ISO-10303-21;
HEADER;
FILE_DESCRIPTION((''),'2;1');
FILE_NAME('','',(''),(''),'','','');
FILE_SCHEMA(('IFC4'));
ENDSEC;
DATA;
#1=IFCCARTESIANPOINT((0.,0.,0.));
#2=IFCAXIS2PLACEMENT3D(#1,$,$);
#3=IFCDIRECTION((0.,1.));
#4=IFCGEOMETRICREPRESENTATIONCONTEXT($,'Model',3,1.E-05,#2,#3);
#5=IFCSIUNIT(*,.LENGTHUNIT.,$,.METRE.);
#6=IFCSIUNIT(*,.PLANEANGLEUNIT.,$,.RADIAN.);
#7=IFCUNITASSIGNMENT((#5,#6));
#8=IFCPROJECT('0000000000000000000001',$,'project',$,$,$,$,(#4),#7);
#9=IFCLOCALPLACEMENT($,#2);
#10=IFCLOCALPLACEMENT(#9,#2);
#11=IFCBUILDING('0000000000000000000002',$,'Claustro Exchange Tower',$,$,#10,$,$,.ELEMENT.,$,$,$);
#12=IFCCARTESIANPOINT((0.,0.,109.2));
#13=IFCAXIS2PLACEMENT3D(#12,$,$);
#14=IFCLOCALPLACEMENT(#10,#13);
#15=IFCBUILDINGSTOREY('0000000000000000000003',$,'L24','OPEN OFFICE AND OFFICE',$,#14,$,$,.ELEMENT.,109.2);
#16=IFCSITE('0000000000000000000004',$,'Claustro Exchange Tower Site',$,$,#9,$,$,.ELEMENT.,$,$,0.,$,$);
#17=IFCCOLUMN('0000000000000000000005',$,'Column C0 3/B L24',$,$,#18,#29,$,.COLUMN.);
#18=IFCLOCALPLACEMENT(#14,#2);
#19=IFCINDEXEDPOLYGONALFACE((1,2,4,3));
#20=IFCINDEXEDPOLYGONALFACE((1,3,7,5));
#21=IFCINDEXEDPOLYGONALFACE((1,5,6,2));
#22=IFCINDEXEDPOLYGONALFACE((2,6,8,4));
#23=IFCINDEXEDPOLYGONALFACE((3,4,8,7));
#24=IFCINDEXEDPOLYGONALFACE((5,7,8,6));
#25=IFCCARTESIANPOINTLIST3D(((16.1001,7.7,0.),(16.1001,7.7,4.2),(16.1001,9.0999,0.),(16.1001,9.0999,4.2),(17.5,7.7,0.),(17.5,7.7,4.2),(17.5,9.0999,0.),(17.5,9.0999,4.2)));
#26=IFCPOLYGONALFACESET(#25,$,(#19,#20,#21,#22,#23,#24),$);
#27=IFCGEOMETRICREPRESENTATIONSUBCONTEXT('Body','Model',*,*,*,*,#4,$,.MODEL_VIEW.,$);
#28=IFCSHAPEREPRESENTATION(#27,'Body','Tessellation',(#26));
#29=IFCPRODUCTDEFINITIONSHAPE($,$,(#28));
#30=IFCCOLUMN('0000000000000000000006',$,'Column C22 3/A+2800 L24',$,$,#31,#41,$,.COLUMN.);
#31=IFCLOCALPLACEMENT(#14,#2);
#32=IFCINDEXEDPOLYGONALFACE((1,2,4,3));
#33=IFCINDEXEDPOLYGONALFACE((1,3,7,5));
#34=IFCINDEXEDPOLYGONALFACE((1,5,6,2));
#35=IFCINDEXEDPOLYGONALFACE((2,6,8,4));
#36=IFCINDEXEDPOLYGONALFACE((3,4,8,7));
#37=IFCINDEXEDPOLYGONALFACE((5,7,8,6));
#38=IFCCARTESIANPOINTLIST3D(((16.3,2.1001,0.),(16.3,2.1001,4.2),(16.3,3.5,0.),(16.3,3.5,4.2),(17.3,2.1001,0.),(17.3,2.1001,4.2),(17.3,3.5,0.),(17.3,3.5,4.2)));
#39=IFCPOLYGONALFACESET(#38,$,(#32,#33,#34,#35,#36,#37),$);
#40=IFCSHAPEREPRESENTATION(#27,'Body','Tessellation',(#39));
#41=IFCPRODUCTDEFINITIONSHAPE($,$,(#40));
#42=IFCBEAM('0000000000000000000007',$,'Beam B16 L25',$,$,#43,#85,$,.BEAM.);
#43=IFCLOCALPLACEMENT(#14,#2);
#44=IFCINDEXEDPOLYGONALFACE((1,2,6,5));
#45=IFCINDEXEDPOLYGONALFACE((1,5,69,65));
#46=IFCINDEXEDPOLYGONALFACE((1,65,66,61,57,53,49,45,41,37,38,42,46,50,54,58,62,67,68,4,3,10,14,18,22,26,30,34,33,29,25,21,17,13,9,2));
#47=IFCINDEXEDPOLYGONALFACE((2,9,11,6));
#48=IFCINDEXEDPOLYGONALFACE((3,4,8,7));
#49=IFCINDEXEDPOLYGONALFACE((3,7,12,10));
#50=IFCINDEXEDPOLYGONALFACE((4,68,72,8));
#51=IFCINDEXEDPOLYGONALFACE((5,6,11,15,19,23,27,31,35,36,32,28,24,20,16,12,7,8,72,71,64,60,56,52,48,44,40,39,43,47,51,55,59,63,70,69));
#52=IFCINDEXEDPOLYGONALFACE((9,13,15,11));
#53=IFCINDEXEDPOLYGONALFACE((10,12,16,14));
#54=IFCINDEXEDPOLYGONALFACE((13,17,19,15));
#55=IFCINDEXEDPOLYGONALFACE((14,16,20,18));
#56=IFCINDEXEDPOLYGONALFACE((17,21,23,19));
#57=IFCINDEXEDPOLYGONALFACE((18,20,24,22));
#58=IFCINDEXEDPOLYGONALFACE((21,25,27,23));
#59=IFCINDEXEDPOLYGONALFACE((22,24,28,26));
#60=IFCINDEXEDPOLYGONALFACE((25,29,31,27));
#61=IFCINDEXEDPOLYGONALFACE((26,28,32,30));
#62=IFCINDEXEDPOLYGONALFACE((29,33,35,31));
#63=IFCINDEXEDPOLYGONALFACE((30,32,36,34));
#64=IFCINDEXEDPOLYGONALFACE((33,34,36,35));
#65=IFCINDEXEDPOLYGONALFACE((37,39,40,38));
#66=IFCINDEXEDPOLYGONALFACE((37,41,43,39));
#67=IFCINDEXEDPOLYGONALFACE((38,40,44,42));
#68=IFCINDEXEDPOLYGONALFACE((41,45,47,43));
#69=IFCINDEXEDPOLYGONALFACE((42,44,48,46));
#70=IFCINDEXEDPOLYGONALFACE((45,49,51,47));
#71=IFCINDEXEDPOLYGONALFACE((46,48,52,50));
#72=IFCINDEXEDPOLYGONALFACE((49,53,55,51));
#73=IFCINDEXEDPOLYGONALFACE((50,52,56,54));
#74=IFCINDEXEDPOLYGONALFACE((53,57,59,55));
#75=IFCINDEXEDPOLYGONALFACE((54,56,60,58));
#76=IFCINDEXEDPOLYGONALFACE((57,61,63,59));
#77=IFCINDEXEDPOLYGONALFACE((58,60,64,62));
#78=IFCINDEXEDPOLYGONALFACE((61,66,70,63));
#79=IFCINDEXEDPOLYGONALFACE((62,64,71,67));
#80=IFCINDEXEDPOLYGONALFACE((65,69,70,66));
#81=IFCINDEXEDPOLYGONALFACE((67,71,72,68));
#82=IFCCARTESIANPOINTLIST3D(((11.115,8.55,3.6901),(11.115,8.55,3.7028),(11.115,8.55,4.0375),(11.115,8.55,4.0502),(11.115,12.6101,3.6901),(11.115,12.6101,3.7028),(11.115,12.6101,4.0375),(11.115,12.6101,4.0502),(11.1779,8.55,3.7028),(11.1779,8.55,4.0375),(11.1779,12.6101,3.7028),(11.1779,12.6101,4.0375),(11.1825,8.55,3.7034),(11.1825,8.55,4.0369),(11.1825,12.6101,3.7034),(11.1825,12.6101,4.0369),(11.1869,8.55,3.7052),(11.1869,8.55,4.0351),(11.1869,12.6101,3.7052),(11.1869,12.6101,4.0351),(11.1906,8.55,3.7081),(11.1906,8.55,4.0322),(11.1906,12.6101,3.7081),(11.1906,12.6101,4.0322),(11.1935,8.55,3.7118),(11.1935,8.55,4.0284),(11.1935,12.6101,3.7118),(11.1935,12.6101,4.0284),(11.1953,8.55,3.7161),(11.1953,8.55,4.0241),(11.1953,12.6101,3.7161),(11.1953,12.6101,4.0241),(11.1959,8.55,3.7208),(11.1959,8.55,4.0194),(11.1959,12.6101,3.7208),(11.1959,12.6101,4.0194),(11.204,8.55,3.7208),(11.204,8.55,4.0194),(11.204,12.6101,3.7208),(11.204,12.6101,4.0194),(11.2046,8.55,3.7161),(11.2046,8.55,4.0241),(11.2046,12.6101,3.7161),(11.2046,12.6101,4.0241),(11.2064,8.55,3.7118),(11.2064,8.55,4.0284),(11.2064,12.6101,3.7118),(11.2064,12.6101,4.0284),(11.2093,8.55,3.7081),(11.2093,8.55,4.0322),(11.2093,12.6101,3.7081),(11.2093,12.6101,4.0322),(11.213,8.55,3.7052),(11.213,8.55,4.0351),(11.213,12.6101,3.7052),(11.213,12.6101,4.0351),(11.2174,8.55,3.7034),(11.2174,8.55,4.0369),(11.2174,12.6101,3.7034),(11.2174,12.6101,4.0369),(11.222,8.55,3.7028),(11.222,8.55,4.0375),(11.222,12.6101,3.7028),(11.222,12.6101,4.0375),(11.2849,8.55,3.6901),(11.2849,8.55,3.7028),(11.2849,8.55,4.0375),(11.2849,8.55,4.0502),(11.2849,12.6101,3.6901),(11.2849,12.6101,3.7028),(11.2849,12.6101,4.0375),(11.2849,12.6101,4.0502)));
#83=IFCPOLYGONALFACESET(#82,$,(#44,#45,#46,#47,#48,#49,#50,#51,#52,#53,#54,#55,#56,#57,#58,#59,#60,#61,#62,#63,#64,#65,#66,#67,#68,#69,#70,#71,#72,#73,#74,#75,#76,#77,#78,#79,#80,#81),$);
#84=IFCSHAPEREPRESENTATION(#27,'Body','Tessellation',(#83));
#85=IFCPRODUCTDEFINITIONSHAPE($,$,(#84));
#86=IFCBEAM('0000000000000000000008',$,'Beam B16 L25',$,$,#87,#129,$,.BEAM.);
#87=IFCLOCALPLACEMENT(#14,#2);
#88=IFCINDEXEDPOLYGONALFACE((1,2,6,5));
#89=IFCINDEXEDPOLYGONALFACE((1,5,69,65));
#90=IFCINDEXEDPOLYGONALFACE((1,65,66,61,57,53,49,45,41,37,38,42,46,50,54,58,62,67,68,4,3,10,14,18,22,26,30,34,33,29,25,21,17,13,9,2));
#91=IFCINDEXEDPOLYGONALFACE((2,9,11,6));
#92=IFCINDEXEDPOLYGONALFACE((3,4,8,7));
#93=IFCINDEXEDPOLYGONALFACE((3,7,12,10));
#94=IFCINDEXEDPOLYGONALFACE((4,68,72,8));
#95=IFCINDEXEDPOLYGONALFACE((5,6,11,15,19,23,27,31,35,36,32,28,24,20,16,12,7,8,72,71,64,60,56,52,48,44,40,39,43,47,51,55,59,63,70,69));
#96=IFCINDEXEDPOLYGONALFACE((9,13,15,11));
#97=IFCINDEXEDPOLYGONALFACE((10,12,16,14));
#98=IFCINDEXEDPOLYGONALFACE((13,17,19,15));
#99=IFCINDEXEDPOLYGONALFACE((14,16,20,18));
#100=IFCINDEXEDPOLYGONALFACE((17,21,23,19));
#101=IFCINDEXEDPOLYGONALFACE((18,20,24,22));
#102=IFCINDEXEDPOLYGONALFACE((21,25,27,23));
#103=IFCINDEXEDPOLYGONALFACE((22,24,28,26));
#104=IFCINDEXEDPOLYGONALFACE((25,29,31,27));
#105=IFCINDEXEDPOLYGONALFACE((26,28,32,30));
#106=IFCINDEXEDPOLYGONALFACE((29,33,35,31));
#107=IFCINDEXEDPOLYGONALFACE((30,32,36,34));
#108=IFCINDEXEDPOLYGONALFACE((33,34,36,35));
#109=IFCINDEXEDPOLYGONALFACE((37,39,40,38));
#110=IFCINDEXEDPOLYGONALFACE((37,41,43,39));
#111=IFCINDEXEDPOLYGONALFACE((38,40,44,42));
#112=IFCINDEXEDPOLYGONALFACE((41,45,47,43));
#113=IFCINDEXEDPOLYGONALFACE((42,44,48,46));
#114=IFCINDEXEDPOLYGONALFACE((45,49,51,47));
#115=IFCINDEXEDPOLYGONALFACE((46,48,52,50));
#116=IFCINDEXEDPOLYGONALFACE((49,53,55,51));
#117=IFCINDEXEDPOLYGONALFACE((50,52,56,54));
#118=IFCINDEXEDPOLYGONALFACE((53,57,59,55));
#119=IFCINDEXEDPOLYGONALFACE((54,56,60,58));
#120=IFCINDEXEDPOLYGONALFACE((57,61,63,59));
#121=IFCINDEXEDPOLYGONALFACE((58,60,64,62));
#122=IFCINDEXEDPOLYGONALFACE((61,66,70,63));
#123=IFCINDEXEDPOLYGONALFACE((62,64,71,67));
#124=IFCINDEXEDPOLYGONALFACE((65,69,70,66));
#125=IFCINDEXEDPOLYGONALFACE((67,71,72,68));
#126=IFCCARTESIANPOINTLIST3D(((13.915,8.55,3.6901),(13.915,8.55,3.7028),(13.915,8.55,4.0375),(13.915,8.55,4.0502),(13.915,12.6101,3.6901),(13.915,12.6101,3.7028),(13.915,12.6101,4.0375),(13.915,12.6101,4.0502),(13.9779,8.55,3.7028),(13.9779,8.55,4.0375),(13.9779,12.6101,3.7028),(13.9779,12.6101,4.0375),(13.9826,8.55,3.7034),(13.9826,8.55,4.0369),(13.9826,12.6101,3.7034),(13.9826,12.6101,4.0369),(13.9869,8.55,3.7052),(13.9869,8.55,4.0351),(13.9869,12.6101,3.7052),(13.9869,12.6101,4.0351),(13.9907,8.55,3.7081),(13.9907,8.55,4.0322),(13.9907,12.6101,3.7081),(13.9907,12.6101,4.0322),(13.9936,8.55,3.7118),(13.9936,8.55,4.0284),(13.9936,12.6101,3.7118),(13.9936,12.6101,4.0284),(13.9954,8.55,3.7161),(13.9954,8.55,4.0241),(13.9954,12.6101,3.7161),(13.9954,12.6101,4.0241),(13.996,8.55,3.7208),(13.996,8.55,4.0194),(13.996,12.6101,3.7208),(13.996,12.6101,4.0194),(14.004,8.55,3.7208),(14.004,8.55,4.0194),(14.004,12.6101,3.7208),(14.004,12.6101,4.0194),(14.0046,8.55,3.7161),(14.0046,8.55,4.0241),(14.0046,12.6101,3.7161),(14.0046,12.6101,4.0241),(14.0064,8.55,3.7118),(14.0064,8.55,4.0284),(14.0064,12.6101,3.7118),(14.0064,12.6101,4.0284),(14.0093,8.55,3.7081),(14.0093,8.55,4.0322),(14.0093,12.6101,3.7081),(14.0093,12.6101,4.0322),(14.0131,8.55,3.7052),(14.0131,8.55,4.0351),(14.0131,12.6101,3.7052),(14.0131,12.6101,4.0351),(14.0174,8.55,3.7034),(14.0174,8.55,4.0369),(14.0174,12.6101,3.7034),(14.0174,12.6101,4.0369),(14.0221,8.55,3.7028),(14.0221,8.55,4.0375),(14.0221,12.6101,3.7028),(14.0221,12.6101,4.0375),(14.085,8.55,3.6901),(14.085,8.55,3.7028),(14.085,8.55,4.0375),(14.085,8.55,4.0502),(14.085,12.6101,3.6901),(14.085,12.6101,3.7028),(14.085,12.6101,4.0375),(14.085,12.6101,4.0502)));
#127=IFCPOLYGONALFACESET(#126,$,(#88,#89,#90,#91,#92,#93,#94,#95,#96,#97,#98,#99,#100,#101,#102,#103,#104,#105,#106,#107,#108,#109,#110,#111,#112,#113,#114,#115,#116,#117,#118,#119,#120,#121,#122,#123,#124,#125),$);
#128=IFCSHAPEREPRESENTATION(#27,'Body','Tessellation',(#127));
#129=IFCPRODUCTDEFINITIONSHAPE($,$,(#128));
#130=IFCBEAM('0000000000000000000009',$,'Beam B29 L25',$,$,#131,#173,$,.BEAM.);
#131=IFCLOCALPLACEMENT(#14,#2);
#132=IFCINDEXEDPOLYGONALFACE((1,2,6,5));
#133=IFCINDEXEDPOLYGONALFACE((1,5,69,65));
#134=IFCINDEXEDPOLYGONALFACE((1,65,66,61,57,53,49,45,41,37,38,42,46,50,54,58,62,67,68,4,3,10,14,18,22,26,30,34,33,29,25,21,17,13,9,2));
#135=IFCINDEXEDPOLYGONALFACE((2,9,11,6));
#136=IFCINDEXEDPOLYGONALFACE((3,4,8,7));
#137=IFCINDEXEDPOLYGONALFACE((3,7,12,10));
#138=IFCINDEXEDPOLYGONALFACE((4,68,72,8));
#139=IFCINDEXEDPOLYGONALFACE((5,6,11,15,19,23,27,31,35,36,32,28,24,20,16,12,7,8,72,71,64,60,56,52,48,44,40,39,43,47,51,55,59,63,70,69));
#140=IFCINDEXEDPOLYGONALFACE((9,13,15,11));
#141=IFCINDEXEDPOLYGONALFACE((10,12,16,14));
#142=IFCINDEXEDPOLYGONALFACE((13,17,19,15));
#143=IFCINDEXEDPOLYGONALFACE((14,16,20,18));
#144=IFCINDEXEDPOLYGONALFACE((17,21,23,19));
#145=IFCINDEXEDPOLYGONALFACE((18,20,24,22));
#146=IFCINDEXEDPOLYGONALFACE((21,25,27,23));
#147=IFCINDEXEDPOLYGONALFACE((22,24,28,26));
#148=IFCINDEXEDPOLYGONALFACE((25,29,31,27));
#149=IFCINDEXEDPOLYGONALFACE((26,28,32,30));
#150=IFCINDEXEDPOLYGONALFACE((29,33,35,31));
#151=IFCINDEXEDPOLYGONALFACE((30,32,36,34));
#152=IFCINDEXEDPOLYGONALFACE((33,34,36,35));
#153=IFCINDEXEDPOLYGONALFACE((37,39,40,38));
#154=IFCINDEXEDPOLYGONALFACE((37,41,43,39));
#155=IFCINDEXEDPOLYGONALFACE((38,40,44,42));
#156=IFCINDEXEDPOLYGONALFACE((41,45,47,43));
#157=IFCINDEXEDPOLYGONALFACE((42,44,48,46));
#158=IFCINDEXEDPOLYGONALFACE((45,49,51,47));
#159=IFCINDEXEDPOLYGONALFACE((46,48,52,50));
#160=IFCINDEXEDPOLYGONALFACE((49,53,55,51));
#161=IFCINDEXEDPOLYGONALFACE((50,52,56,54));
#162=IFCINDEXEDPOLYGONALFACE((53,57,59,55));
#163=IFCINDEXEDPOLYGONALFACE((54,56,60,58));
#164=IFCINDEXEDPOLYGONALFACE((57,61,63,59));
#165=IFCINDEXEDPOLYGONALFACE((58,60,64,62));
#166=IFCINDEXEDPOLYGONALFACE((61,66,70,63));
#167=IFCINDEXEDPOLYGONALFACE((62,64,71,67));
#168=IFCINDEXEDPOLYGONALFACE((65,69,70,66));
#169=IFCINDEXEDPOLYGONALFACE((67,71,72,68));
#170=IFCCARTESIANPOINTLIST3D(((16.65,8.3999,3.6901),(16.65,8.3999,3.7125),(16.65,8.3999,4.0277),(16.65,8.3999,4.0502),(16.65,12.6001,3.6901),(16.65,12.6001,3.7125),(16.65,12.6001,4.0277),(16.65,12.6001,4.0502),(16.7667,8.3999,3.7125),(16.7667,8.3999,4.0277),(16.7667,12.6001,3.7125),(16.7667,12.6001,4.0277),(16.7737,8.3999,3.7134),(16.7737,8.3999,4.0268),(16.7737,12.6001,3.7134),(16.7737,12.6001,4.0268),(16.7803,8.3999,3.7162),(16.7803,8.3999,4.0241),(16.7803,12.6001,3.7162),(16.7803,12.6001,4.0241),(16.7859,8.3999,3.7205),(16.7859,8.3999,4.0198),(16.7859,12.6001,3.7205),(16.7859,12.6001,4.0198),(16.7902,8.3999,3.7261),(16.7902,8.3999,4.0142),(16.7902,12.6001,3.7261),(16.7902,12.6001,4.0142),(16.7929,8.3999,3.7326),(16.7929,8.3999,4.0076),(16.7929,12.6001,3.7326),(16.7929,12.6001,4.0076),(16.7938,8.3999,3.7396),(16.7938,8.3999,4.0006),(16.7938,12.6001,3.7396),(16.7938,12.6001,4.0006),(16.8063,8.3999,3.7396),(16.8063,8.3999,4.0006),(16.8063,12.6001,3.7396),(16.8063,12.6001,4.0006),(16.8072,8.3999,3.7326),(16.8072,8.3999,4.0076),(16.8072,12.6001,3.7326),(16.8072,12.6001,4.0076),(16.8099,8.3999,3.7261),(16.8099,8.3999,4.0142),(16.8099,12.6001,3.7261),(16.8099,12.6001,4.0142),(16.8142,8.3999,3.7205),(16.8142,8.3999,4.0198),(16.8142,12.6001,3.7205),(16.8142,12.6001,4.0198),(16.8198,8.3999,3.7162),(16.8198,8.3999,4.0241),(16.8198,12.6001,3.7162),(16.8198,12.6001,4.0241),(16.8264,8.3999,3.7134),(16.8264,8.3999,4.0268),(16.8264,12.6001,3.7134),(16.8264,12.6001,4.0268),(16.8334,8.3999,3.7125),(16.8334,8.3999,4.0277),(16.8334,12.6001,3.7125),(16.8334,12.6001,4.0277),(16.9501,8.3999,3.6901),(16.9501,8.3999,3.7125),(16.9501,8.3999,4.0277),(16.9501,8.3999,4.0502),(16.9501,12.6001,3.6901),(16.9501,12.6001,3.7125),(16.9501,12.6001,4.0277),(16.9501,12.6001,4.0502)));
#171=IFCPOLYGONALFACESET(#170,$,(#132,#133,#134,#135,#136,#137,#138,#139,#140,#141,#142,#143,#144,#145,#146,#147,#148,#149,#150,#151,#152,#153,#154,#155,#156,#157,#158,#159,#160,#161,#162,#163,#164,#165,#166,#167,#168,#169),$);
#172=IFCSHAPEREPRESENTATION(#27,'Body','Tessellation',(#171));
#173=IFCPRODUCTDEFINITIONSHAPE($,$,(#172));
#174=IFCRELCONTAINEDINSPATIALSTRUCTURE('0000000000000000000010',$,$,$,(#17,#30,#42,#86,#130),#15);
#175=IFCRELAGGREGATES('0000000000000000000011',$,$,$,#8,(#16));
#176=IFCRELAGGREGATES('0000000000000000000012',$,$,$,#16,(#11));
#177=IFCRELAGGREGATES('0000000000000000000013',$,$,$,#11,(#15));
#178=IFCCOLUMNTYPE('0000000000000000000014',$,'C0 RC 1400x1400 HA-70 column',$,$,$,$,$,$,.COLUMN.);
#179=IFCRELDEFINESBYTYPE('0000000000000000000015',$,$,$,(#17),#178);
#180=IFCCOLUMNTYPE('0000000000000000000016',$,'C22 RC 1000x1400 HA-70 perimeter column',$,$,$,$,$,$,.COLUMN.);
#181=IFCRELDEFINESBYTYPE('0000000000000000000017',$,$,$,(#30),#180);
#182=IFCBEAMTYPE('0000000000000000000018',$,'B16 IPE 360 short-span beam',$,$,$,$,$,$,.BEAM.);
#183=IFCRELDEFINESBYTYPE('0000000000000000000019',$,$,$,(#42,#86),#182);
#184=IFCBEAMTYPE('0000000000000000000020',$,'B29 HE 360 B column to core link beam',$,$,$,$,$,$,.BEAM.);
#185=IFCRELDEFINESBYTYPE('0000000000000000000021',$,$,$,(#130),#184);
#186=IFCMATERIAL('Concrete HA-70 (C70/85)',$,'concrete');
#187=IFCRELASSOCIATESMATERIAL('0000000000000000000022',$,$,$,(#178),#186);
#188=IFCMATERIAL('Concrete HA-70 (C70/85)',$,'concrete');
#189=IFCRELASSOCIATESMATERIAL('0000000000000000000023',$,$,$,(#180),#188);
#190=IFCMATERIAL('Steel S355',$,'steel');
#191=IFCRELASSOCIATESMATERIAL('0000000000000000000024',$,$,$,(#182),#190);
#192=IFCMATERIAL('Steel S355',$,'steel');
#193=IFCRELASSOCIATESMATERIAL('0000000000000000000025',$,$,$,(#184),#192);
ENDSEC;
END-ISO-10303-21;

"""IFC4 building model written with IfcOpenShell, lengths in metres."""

from ifc_helpers import new_model, si_unit, direction, frame, origin, origin_2d, place, context, subcontext, project, spatial, rectangle, i_section, extrude, material, material_profile, profile_set, type_object, element, save


model = new_model("IFC4")

# Units and contexts
model_context = context("Model", 3, precision=1e-05, world=origin(), true_north=direction((0.0, 1.0)))
body_context = subcontext(model_context, "Body", "Model", "MODEL_VIEW")
ifc_project = project(units=[si_unit("LENGTHUNIT", "METRE"), si_unit("PLANEANGLEUNIT", "RADIAN")], contexts=[model_context])

# Site, building, storey
site_placement = place(None, origin())
site = spatial("IfcSite", under=ifc_project, at=site_placement, Name="Claustro Exchange Tower Site", CompositionType="ELEMENT", RefElevation=0.0)
building_placement = place(site_placement, origin())
building = spatial("IfcBuilding", under=site, at=building_placement, Name="Claustro Exchange Tower", CompositionType="ELEMENT")
storey_placement = place(building_placement, frame((0.0, 0.0, 109.2)))
storey = spatial("IfcBuildingStorey", under=building, at=storey_placement, Name="L24", Description="OPEN OFFICE AND OFFICE", CompositionType="ELEMENT", Elevation=109.2)

# Columns
ifc_material_1 = material(Name="Concrete HA-70 (C70/85)", Category="concrete")
ifc_material_profile_1 = material_profile(ifc_material_1, rectangle(XDim=1.3999, YDim=1.3999, at=origin_2d()), Name="RC 1400x1400")
ifc_profile_set_1 = profile_set([ifc_material_profile_1], Name="Concrete HA-70 (C70/85)")
column_type_1 = type_object("IfcColumnType", Name="C0 RC 1400x1400 HA-70 column", PredefinedType="COLUMN", material=ifc_profile_set_1)
column_1_placement = place(storey_placement, frame((16.8, 8.3999, 0.0), z_axis=(0.0, 0.0, 1.0), x_axis=(1.0, 0.0, 0.0)))
element("IfcColumn", 1, at=column_1_placement, inside=storey, type_object=column_type_1, Name="Column C0 3/B L24", PredefinedType="COLUMN", context=body_context, shape_type="SweptSolid", body=[
    extrude(rectangle(XDim=1.3999, YDim=1.3999, at=origin_2d()), origin(), (0.0, 0.0, 1.0), 4.2),
])
ifc_material_2 = material(Name="Concrete HA-70 (C70/85)", Category="concrete")
ifc_material_profile_2 = material_profile(ifc_material_2, rectangle(XDim=1.0, YDim=1.3999, at=origin_2d()), Name="RC 1000x1400")
ifc_profile_set_2 = profile_set([ifc_material_profile_2], Name="Concrete HA-70 (C70/85)")
column_type_2 = type_object("IfcColumnType", Name="C22 RC 1000x1400 HA-70 perimeter column", PredefinedType="COLUMN", material=ifc_profile_set_2)
column_2_placement = place(storey_placement, frame((16.8, 2.8, 0.0), z_axis=(0.0, 0.0, 1.0), x_axis=(1.0, 0.0, 0.0)))
element("IfcColumn", 2, at=column_2_placement, inside=storey, type_object=column_type_2, Name="Column C22 3/A+2800 L24", PredefinedType="COLUMN", context=body_context, shape_type="SweptSolid", body=[
    extrude(rectangle(XDim=1.0, YDim=1.3999, at=origin_2d()), origin(), (0.0, 0.0, 1.0), 4.2),
])

# Beams
ifc_material_3 = material(Name="Steel S355", Category="steel")
ifc_material_profile_3 = material_profile(ifc_material_3, i_section(OverallWidth=0.1699, OverallDepth=0.3601, WebThickness=0.0081, FlangeThickness=0.0127, FilletRadius=0.0181, at=origin_2d()), Name="IPE 360")
ifc_profile_set_3 = profile_set([ifc_material_profile_3], Name="Steel S355")
beam_type_1 = type_object("IfcBeamType", Name="B16 IPE 360 short-span beam", PredefinedType="BEAM", material=ifc_profile_set_3)
for number, where, z_axis, x_axis, name in (
    (3, (11.2, 8.55, 3.8701), (0.0, 1.0, 0.0), (-1.0, 0.0, 0.0), "Beam B16 L25"),
    (4, (14.0, 8.55, 3.8701), (0.0, 1.0, 0.0), (-1.0, 0.0, 0.0), "Beam B16 L25"),
):
    element("IfcBeam", number, at=place(storey_placement, frame(where, z_axis=z_axis, x_axis=x_axis)), inside=storey, type_object=beam_type_1, Name=name, PredefinedType="BEAM", context=body_context, shape_type="SweptSolid", body=[
        extrude(i_section(OverallWidth=0.1699, OverallDepth=0.3601, WebThickness=0.0081, FlangeThickness=0.0127, FilletRadius=0.0181, at=origin_2d()), origin(), (0.0, 0.0, 1.0), 4.0601),
    ])
ifc_material_4 = material(Name="Steel S355", Category="steel")
ifc_material_profile_4 = material_profile(ifc_material_4, i_section(OverallWidth=0.3, OverallDepth=0.3601, WebThickness=0.0125, FlangeThickness=0.0225, FilletRadius=0.0271, at=origin_2d()), Name="HE 360 B")
ifc_profile_set_4 = profile_set([ifc_material_profile_4], Name="Steel S355")
beam_type_2 = type_object("IfcBeamType", Name="B29 HE 360 B column to core link beam", PredefinedType="BEAM", material=ifc_profile_set_4)
beam_1_placement = place(storey_placement, frame((16.8, 8.3999, 3.8701), z_axis=(0.0, 1.0, 0.0), x_axis=(-1.0, 0.0, 0.0)))
element("IfcBeam", 5, at=beam_1_placement, inside=storey, type_object=beam_type_2, Name="Beam B29 L25", PredefinedType="BEAM", context=body_context, shape_type="SweptSolid", body=[
    extrude(i_section(OverallWidth=0.3, OverallDepth=0.3601, WebThickness=0.0125, FlangeThickness=0.0225, FilletRadius=0.0271, at=origin_2d()), origin(), (0.0, 0.0, 1.0), 4.2002),
])

save(model, "model.ifc")
